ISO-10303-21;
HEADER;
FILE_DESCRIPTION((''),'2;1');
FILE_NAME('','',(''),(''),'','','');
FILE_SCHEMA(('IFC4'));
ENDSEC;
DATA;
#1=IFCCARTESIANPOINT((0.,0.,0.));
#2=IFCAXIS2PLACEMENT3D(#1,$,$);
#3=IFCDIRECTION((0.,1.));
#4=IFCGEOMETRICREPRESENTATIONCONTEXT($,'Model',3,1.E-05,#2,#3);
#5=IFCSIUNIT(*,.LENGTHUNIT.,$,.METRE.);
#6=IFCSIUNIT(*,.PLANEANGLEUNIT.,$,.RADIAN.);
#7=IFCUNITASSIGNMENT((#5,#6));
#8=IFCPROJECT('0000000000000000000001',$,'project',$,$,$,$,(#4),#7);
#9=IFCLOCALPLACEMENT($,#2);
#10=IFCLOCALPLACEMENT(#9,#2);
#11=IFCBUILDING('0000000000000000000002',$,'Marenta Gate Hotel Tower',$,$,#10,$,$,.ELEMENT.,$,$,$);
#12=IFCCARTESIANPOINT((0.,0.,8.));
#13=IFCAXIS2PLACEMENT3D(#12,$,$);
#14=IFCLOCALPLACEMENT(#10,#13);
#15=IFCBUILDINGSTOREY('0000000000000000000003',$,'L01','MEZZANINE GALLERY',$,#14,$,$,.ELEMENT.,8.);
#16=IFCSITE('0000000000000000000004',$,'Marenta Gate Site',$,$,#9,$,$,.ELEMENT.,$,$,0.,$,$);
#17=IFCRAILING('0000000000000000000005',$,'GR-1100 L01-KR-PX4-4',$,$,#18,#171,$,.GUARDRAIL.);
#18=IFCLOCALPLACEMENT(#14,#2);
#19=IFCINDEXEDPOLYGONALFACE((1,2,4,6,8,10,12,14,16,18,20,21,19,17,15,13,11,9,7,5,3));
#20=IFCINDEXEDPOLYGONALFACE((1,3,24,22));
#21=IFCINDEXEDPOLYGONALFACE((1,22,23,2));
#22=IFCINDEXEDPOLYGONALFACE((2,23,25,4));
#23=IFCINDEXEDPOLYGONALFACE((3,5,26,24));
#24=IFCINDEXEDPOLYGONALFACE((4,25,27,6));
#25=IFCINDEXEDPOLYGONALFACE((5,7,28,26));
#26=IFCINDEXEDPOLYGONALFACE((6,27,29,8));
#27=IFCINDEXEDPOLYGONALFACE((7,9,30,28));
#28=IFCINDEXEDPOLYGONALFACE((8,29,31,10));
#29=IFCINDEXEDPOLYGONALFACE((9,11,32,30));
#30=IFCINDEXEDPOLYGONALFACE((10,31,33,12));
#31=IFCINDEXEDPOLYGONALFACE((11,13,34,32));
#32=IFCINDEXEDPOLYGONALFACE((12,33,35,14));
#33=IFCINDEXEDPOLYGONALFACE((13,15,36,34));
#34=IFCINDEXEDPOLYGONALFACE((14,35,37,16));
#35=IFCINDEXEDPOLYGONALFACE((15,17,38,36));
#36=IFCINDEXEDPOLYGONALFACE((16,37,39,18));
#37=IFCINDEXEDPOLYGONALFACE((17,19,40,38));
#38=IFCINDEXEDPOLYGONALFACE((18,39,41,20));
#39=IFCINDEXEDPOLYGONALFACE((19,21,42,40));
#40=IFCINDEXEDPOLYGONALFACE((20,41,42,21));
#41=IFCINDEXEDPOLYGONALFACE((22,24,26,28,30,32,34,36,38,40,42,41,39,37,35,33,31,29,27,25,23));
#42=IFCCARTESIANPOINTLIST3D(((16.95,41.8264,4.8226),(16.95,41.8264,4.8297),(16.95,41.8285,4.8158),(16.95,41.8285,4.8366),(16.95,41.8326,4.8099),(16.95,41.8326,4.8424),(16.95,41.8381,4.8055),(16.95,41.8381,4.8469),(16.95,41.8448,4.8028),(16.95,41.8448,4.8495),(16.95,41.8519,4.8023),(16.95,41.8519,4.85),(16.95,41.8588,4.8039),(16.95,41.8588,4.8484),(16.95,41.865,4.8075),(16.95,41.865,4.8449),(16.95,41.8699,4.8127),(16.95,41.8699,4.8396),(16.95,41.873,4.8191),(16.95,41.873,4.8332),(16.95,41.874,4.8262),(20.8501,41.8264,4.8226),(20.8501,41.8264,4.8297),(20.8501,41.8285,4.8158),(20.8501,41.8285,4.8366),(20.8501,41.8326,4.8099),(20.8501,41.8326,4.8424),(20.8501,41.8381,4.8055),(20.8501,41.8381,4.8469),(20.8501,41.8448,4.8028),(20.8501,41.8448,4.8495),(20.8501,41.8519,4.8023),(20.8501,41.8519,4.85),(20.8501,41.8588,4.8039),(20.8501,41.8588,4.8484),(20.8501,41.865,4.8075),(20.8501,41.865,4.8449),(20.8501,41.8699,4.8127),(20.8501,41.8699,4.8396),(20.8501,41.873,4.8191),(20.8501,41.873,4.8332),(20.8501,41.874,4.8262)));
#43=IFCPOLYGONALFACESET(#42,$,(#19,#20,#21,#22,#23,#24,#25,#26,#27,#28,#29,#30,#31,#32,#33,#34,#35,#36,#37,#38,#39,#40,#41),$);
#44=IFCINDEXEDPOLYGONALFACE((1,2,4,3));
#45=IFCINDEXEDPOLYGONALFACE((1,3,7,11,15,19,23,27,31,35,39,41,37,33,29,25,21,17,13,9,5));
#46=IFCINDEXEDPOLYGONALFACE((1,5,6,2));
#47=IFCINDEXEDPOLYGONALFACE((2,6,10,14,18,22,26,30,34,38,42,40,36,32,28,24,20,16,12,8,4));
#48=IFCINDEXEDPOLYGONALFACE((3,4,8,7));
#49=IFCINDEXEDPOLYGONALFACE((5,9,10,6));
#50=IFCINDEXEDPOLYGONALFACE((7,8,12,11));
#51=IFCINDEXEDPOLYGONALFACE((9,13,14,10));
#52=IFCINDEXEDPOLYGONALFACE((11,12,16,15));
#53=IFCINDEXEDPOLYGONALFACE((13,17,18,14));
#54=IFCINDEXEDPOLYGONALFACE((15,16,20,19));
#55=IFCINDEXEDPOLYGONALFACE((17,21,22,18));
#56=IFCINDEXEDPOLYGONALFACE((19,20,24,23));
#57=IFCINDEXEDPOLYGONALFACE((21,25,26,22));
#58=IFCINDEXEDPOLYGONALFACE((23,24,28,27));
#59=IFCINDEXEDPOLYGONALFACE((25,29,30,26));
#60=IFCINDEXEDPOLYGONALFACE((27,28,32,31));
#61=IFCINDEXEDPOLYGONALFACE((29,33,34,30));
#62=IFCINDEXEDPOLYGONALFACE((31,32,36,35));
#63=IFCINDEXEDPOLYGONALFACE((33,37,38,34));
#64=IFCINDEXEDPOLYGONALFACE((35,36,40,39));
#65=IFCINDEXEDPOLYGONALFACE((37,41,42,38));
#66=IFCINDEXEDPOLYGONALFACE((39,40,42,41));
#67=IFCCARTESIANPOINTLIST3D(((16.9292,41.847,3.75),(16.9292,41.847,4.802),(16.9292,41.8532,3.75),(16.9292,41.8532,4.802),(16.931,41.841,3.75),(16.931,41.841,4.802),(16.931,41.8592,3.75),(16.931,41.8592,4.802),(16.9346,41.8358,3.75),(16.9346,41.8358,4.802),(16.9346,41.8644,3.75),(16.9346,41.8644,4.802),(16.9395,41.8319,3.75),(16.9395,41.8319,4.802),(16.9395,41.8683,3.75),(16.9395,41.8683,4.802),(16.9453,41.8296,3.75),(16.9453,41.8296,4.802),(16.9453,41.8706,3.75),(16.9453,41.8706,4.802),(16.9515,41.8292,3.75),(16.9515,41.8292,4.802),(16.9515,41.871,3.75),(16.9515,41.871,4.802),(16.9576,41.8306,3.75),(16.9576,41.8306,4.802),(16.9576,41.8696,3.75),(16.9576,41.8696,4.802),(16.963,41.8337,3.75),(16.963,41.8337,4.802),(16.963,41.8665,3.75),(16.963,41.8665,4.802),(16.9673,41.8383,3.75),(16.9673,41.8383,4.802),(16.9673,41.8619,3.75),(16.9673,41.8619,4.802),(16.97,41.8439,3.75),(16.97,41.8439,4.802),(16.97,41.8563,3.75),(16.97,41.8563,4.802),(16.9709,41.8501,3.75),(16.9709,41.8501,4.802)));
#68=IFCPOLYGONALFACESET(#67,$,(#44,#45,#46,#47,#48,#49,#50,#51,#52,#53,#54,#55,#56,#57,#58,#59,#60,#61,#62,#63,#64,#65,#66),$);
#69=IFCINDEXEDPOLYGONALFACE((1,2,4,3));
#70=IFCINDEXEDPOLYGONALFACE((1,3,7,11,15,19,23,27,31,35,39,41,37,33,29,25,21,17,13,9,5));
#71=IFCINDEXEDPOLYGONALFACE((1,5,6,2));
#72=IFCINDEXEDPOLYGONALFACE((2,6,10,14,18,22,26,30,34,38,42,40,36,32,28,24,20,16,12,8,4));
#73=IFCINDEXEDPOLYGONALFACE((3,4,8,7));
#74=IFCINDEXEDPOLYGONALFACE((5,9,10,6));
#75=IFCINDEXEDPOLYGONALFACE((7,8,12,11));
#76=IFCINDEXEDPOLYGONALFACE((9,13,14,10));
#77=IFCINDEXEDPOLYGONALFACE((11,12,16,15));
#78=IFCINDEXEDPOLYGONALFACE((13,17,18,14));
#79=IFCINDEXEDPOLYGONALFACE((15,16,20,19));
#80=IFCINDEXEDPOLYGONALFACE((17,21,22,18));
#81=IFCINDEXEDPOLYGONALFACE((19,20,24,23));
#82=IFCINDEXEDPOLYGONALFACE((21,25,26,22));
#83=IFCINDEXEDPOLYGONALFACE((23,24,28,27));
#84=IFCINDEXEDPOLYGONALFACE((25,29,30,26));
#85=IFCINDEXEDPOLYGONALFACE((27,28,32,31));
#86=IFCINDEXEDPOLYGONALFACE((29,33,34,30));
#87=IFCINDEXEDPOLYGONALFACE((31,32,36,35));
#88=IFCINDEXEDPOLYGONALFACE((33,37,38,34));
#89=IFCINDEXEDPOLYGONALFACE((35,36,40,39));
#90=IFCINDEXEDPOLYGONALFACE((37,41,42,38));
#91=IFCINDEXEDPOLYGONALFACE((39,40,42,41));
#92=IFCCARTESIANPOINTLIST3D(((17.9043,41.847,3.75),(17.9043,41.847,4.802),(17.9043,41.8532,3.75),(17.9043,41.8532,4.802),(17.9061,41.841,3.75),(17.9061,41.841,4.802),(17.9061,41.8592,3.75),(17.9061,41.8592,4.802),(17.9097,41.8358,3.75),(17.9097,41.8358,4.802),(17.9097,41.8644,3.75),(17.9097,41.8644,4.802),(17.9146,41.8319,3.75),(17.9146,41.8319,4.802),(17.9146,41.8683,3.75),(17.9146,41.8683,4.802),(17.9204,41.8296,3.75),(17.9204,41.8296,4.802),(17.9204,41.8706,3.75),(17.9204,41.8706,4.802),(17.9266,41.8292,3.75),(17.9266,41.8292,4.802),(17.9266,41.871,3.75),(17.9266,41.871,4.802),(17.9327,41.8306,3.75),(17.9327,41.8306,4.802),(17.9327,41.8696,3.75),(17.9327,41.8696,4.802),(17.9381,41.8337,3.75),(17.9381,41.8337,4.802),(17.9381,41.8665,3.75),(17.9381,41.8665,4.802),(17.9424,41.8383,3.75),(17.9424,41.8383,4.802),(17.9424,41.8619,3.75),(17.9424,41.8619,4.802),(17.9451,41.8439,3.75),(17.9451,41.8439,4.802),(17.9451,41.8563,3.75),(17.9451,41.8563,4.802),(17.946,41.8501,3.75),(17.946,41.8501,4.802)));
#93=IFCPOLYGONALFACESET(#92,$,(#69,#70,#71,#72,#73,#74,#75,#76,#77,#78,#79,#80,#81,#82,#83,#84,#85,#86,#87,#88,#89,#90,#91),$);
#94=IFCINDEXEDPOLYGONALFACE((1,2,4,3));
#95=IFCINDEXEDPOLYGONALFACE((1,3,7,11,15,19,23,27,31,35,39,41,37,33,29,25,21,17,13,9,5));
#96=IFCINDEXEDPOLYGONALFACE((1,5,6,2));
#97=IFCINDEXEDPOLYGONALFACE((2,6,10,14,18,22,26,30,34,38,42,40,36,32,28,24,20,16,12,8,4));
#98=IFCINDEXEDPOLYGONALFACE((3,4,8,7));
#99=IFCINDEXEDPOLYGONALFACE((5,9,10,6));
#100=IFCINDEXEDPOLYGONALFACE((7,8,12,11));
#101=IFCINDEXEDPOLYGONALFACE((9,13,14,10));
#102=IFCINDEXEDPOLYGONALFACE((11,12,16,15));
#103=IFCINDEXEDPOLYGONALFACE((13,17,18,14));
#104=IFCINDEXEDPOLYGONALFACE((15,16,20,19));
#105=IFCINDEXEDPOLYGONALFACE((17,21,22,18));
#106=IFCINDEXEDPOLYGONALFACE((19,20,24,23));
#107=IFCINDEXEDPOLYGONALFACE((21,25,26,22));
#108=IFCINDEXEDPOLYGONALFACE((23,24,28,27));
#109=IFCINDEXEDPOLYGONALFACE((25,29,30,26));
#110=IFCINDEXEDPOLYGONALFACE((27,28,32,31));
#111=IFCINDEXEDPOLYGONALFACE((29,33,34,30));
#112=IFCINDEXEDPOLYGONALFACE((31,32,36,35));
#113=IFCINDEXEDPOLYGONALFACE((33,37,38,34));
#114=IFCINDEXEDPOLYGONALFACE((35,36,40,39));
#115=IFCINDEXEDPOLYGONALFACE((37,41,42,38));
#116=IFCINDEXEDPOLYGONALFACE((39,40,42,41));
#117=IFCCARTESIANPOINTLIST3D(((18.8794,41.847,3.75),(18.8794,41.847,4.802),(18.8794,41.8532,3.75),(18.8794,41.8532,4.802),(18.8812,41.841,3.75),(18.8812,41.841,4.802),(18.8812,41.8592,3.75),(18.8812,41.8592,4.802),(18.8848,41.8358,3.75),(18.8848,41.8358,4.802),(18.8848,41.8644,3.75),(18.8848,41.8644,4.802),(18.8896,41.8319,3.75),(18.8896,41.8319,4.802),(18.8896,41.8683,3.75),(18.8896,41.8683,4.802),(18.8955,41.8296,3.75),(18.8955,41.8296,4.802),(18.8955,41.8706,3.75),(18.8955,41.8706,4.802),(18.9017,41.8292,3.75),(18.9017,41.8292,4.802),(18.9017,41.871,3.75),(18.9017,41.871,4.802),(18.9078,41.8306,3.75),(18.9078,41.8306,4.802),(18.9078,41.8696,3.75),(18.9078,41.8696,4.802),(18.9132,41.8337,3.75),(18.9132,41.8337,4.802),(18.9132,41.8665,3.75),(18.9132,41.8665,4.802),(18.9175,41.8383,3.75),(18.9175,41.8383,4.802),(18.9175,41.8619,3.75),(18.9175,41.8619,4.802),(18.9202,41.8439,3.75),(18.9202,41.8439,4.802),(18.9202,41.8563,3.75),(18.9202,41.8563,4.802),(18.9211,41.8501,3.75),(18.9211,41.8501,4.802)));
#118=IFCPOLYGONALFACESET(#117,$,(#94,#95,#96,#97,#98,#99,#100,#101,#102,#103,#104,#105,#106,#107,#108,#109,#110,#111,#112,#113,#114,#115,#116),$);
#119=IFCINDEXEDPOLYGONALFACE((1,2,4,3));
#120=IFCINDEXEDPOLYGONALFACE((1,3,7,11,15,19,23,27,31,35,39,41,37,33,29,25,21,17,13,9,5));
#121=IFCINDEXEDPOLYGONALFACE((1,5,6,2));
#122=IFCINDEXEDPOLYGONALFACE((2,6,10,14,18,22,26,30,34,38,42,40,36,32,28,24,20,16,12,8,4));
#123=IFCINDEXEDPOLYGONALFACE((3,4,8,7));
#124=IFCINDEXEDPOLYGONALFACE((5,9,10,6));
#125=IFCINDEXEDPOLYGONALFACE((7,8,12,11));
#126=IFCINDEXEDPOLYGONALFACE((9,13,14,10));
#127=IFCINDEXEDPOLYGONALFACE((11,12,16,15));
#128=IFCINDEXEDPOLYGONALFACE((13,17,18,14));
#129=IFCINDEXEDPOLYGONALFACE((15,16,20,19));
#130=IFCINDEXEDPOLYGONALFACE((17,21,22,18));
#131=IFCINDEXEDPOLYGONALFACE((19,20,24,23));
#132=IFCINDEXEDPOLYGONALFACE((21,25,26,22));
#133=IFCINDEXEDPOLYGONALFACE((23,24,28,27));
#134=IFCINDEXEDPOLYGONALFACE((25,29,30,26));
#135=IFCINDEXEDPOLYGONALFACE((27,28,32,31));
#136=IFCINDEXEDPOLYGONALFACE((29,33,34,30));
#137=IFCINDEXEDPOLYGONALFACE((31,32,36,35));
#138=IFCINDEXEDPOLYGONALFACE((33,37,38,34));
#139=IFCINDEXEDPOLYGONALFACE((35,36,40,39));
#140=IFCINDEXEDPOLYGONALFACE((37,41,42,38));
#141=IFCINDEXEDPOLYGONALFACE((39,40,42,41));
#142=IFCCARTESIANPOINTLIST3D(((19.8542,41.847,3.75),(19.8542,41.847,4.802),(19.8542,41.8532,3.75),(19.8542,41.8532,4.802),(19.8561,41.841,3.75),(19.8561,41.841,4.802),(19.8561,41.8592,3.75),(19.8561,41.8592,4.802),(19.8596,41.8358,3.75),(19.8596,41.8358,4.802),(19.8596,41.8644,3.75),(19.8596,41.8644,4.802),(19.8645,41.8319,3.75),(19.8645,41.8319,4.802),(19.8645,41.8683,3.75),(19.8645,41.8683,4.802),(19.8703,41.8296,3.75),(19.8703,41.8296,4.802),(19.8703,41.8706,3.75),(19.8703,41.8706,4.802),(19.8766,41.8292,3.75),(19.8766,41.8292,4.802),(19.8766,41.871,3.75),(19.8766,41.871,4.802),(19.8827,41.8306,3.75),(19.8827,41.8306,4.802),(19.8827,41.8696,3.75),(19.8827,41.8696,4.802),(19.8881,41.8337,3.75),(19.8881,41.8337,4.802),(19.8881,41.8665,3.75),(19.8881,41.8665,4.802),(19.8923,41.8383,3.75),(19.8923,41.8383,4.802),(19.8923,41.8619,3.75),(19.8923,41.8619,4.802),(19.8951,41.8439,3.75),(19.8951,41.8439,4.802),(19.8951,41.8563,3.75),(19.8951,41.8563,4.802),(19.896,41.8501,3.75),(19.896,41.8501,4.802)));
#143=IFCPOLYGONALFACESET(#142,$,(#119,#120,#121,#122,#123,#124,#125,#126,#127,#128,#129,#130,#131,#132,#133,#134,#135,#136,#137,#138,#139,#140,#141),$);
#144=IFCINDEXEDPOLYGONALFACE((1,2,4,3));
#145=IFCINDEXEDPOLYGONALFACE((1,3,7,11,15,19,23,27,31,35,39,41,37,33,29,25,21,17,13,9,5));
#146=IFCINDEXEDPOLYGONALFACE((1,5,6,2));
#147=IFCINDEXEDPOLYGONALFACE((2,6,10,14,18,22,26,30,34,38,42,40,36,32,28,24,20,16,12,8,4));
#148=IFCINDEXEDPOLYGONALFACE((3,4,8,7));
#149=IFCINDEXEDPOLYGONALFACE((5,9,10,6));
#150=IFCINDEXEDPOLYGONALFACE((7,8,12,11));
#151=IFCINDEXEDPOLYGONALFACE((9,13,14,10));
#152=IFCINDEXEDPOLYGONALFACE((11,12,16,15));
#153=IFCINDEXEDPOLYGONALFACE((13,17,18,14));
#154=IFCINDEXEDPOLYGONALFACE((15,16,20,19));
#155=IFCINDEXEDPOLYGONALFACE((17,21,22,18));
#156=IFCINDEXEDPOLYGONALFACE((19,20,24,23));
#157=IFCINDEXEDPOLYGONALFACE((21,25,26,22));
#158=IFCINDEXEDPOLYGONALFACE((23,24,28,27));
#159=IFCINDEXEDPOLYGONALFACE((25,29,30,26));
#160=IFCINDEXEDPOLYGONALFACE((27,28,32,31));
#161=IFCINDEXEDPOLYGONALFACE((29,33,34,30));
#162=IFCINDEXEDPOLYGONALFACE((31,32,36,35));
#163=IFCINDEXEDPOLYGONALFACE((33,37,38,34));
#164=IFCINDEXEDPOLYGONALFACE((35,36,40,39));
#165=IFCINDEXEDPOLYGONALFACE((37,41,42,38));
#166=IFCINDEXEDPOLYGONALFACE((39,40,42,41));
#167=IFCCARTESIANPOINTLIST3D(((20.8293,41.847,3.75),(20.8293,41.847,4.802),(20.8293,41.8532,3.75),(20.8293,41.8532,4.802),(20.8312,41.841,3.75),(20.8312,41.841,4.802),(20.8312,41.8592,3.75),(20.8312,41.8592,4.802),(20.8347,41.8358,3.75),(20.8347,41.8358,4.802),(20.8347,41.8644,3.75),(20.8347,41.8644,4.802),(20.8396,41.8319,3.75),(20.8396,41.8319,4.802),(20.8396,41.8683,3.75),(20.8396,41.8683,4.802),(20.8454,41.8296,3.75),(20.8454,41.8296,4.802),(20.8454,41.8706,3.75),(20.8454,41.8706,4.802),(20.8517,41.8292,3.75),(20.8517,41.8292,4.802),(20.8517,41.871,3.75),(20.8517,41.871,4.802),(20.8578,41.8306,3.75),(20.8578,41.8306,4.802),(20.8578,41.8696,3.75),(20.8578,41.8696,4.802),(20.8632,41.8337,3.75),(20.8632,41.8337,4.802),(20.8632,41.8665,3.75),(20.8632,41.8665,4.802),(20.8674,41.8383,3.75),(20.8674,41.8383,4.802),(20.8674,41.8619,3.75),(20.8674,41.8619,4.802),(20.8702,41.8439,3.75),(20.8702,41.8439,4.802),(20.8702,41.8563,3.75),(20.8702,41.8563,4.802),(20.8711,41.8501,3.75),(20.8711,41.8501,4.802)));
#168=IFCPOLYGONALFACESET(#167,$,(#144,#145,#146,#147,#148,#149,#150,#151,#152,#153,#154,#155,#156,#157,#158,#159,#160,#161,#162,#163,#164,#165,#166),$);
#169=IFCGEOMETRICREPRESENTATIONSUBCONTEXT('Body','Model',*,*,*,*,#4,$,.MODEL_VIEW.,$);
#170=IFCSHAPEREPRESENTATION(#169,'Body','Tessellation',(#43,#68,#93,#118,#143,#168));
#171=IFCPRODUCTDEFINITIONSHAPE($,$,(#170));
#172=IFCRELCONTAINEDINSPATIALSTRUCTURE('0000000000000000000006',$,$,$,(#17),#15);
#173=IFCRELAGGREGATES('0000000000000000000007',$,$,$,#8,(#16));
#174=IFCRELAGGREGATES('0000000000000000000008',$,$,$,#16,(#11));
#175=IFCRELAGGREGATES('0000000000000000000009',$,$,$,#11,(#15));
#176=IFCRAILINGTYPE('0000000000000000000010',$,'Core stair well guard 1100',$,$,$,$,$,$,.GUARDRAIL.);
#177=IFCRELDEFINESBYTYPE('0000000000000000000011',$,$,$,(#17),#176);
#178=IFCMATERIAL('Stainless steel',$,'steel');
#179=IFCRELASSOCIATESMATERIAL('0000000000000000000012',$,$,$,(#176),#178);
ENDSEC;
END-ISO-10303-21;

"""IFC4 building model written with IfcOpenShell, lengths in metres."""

from ifc_helpers import new_model, si_unit, direction, frame, origin, origin_2d, place, context, subcontext, project, spatial, circle, extrude, material, type_object, element, save


model = new_model("IFC4")

# Units and contexts
model_context = context("Model", 3, precision=1e-05, world=origin(), true_north=direction((0.0, 1.0)))
body_context = subcontext(model_context, "Body", "Model", "MODEL_VIEW")
ifc_project = project(units=[si_unit("LENGTHUNIT", "METRE"), si_unit("PLANEANGLEUNIT", "RADIAN")], contexts=[model_context])

# Site, building, storey
site_placement = place(None, origin())
site = spatial("IfcSite", under=ifc_project, at=site_placement, Name="Marenta Gate Site", CompositionType="ELEMENT", RefElevation=0.0)
building_placement = place(site_placement, origin())
building = spatial("IfcBuilding", under=site, at=building_placement, Name="Marenta Gate Hotel Tower", CompositionType="ELEMENT")
storey_placement = place(building_placement, frame((0.0, 0.0, 8.0)))
storey = spatial("IfcBuildingStorey", under=building, at=storey_placement, Name="L01", Description="MEZZANINE GALLERY", CompositionType="ELEMENT", Elevation=8.0)

# Railing
ifc_material_1 = material(Name="Stainless steel", Category="steel")
railing_type_1 = type_object("IfcRailingType", Name="Core stair well guard 1100", PredefinedType="GUARDRAIL", material=ifc_material_1)
railing_1_placement = place(storey_placement, frame((16.95, 41.8501, 3.75)))
element("IfcRailing", 1, at=railing_1_placement, inside=storey, type_object=railing_type_1, Name="GR-1100 L01-KR-PX4-4", PredefinedType="GUARDRAIL", context=body_context, shape_type="SweptSolid", body=[
    extrude(circle(Radius=0.0239, at=origin_2d()), frame((0.0, 0.0, 1.0762), z_axis=(1.0, 0.0, 0.0), x_axis=(0.0, 1.0, 0.0)), (0.0, 0.0, 1.0), 3.9001),
    extrude(circle(Radius=0.021, at=origin_2d()), origin(), (0.0, 0.0, 1.0), 1.052),
    extrude(circle(Radius=0.021, at=origin_2d()), frame((0.9751, 0.0, 0.0)), (0.0, 0.0, 1.0), 1.052),
    extrude(circle(Radius=0.021, at=origin_2d()), frame((1.9502, 0.0, 0.0)), (0.0, 0.0, 1.0), 1.052),
    extrude(circle(Radius=0.021, at=origin_2d()), frame((2.925, 0.0, 0.0)), (0.0, 0.0, 1.0), 1.052),
    extrude(circle(Radius=0.021, at=origin_2d()), frame((3.9001, 0.0, 0.0)), (0.0, 0.0, 1.0), 1.052),
])

save(model, "model.ifc")
